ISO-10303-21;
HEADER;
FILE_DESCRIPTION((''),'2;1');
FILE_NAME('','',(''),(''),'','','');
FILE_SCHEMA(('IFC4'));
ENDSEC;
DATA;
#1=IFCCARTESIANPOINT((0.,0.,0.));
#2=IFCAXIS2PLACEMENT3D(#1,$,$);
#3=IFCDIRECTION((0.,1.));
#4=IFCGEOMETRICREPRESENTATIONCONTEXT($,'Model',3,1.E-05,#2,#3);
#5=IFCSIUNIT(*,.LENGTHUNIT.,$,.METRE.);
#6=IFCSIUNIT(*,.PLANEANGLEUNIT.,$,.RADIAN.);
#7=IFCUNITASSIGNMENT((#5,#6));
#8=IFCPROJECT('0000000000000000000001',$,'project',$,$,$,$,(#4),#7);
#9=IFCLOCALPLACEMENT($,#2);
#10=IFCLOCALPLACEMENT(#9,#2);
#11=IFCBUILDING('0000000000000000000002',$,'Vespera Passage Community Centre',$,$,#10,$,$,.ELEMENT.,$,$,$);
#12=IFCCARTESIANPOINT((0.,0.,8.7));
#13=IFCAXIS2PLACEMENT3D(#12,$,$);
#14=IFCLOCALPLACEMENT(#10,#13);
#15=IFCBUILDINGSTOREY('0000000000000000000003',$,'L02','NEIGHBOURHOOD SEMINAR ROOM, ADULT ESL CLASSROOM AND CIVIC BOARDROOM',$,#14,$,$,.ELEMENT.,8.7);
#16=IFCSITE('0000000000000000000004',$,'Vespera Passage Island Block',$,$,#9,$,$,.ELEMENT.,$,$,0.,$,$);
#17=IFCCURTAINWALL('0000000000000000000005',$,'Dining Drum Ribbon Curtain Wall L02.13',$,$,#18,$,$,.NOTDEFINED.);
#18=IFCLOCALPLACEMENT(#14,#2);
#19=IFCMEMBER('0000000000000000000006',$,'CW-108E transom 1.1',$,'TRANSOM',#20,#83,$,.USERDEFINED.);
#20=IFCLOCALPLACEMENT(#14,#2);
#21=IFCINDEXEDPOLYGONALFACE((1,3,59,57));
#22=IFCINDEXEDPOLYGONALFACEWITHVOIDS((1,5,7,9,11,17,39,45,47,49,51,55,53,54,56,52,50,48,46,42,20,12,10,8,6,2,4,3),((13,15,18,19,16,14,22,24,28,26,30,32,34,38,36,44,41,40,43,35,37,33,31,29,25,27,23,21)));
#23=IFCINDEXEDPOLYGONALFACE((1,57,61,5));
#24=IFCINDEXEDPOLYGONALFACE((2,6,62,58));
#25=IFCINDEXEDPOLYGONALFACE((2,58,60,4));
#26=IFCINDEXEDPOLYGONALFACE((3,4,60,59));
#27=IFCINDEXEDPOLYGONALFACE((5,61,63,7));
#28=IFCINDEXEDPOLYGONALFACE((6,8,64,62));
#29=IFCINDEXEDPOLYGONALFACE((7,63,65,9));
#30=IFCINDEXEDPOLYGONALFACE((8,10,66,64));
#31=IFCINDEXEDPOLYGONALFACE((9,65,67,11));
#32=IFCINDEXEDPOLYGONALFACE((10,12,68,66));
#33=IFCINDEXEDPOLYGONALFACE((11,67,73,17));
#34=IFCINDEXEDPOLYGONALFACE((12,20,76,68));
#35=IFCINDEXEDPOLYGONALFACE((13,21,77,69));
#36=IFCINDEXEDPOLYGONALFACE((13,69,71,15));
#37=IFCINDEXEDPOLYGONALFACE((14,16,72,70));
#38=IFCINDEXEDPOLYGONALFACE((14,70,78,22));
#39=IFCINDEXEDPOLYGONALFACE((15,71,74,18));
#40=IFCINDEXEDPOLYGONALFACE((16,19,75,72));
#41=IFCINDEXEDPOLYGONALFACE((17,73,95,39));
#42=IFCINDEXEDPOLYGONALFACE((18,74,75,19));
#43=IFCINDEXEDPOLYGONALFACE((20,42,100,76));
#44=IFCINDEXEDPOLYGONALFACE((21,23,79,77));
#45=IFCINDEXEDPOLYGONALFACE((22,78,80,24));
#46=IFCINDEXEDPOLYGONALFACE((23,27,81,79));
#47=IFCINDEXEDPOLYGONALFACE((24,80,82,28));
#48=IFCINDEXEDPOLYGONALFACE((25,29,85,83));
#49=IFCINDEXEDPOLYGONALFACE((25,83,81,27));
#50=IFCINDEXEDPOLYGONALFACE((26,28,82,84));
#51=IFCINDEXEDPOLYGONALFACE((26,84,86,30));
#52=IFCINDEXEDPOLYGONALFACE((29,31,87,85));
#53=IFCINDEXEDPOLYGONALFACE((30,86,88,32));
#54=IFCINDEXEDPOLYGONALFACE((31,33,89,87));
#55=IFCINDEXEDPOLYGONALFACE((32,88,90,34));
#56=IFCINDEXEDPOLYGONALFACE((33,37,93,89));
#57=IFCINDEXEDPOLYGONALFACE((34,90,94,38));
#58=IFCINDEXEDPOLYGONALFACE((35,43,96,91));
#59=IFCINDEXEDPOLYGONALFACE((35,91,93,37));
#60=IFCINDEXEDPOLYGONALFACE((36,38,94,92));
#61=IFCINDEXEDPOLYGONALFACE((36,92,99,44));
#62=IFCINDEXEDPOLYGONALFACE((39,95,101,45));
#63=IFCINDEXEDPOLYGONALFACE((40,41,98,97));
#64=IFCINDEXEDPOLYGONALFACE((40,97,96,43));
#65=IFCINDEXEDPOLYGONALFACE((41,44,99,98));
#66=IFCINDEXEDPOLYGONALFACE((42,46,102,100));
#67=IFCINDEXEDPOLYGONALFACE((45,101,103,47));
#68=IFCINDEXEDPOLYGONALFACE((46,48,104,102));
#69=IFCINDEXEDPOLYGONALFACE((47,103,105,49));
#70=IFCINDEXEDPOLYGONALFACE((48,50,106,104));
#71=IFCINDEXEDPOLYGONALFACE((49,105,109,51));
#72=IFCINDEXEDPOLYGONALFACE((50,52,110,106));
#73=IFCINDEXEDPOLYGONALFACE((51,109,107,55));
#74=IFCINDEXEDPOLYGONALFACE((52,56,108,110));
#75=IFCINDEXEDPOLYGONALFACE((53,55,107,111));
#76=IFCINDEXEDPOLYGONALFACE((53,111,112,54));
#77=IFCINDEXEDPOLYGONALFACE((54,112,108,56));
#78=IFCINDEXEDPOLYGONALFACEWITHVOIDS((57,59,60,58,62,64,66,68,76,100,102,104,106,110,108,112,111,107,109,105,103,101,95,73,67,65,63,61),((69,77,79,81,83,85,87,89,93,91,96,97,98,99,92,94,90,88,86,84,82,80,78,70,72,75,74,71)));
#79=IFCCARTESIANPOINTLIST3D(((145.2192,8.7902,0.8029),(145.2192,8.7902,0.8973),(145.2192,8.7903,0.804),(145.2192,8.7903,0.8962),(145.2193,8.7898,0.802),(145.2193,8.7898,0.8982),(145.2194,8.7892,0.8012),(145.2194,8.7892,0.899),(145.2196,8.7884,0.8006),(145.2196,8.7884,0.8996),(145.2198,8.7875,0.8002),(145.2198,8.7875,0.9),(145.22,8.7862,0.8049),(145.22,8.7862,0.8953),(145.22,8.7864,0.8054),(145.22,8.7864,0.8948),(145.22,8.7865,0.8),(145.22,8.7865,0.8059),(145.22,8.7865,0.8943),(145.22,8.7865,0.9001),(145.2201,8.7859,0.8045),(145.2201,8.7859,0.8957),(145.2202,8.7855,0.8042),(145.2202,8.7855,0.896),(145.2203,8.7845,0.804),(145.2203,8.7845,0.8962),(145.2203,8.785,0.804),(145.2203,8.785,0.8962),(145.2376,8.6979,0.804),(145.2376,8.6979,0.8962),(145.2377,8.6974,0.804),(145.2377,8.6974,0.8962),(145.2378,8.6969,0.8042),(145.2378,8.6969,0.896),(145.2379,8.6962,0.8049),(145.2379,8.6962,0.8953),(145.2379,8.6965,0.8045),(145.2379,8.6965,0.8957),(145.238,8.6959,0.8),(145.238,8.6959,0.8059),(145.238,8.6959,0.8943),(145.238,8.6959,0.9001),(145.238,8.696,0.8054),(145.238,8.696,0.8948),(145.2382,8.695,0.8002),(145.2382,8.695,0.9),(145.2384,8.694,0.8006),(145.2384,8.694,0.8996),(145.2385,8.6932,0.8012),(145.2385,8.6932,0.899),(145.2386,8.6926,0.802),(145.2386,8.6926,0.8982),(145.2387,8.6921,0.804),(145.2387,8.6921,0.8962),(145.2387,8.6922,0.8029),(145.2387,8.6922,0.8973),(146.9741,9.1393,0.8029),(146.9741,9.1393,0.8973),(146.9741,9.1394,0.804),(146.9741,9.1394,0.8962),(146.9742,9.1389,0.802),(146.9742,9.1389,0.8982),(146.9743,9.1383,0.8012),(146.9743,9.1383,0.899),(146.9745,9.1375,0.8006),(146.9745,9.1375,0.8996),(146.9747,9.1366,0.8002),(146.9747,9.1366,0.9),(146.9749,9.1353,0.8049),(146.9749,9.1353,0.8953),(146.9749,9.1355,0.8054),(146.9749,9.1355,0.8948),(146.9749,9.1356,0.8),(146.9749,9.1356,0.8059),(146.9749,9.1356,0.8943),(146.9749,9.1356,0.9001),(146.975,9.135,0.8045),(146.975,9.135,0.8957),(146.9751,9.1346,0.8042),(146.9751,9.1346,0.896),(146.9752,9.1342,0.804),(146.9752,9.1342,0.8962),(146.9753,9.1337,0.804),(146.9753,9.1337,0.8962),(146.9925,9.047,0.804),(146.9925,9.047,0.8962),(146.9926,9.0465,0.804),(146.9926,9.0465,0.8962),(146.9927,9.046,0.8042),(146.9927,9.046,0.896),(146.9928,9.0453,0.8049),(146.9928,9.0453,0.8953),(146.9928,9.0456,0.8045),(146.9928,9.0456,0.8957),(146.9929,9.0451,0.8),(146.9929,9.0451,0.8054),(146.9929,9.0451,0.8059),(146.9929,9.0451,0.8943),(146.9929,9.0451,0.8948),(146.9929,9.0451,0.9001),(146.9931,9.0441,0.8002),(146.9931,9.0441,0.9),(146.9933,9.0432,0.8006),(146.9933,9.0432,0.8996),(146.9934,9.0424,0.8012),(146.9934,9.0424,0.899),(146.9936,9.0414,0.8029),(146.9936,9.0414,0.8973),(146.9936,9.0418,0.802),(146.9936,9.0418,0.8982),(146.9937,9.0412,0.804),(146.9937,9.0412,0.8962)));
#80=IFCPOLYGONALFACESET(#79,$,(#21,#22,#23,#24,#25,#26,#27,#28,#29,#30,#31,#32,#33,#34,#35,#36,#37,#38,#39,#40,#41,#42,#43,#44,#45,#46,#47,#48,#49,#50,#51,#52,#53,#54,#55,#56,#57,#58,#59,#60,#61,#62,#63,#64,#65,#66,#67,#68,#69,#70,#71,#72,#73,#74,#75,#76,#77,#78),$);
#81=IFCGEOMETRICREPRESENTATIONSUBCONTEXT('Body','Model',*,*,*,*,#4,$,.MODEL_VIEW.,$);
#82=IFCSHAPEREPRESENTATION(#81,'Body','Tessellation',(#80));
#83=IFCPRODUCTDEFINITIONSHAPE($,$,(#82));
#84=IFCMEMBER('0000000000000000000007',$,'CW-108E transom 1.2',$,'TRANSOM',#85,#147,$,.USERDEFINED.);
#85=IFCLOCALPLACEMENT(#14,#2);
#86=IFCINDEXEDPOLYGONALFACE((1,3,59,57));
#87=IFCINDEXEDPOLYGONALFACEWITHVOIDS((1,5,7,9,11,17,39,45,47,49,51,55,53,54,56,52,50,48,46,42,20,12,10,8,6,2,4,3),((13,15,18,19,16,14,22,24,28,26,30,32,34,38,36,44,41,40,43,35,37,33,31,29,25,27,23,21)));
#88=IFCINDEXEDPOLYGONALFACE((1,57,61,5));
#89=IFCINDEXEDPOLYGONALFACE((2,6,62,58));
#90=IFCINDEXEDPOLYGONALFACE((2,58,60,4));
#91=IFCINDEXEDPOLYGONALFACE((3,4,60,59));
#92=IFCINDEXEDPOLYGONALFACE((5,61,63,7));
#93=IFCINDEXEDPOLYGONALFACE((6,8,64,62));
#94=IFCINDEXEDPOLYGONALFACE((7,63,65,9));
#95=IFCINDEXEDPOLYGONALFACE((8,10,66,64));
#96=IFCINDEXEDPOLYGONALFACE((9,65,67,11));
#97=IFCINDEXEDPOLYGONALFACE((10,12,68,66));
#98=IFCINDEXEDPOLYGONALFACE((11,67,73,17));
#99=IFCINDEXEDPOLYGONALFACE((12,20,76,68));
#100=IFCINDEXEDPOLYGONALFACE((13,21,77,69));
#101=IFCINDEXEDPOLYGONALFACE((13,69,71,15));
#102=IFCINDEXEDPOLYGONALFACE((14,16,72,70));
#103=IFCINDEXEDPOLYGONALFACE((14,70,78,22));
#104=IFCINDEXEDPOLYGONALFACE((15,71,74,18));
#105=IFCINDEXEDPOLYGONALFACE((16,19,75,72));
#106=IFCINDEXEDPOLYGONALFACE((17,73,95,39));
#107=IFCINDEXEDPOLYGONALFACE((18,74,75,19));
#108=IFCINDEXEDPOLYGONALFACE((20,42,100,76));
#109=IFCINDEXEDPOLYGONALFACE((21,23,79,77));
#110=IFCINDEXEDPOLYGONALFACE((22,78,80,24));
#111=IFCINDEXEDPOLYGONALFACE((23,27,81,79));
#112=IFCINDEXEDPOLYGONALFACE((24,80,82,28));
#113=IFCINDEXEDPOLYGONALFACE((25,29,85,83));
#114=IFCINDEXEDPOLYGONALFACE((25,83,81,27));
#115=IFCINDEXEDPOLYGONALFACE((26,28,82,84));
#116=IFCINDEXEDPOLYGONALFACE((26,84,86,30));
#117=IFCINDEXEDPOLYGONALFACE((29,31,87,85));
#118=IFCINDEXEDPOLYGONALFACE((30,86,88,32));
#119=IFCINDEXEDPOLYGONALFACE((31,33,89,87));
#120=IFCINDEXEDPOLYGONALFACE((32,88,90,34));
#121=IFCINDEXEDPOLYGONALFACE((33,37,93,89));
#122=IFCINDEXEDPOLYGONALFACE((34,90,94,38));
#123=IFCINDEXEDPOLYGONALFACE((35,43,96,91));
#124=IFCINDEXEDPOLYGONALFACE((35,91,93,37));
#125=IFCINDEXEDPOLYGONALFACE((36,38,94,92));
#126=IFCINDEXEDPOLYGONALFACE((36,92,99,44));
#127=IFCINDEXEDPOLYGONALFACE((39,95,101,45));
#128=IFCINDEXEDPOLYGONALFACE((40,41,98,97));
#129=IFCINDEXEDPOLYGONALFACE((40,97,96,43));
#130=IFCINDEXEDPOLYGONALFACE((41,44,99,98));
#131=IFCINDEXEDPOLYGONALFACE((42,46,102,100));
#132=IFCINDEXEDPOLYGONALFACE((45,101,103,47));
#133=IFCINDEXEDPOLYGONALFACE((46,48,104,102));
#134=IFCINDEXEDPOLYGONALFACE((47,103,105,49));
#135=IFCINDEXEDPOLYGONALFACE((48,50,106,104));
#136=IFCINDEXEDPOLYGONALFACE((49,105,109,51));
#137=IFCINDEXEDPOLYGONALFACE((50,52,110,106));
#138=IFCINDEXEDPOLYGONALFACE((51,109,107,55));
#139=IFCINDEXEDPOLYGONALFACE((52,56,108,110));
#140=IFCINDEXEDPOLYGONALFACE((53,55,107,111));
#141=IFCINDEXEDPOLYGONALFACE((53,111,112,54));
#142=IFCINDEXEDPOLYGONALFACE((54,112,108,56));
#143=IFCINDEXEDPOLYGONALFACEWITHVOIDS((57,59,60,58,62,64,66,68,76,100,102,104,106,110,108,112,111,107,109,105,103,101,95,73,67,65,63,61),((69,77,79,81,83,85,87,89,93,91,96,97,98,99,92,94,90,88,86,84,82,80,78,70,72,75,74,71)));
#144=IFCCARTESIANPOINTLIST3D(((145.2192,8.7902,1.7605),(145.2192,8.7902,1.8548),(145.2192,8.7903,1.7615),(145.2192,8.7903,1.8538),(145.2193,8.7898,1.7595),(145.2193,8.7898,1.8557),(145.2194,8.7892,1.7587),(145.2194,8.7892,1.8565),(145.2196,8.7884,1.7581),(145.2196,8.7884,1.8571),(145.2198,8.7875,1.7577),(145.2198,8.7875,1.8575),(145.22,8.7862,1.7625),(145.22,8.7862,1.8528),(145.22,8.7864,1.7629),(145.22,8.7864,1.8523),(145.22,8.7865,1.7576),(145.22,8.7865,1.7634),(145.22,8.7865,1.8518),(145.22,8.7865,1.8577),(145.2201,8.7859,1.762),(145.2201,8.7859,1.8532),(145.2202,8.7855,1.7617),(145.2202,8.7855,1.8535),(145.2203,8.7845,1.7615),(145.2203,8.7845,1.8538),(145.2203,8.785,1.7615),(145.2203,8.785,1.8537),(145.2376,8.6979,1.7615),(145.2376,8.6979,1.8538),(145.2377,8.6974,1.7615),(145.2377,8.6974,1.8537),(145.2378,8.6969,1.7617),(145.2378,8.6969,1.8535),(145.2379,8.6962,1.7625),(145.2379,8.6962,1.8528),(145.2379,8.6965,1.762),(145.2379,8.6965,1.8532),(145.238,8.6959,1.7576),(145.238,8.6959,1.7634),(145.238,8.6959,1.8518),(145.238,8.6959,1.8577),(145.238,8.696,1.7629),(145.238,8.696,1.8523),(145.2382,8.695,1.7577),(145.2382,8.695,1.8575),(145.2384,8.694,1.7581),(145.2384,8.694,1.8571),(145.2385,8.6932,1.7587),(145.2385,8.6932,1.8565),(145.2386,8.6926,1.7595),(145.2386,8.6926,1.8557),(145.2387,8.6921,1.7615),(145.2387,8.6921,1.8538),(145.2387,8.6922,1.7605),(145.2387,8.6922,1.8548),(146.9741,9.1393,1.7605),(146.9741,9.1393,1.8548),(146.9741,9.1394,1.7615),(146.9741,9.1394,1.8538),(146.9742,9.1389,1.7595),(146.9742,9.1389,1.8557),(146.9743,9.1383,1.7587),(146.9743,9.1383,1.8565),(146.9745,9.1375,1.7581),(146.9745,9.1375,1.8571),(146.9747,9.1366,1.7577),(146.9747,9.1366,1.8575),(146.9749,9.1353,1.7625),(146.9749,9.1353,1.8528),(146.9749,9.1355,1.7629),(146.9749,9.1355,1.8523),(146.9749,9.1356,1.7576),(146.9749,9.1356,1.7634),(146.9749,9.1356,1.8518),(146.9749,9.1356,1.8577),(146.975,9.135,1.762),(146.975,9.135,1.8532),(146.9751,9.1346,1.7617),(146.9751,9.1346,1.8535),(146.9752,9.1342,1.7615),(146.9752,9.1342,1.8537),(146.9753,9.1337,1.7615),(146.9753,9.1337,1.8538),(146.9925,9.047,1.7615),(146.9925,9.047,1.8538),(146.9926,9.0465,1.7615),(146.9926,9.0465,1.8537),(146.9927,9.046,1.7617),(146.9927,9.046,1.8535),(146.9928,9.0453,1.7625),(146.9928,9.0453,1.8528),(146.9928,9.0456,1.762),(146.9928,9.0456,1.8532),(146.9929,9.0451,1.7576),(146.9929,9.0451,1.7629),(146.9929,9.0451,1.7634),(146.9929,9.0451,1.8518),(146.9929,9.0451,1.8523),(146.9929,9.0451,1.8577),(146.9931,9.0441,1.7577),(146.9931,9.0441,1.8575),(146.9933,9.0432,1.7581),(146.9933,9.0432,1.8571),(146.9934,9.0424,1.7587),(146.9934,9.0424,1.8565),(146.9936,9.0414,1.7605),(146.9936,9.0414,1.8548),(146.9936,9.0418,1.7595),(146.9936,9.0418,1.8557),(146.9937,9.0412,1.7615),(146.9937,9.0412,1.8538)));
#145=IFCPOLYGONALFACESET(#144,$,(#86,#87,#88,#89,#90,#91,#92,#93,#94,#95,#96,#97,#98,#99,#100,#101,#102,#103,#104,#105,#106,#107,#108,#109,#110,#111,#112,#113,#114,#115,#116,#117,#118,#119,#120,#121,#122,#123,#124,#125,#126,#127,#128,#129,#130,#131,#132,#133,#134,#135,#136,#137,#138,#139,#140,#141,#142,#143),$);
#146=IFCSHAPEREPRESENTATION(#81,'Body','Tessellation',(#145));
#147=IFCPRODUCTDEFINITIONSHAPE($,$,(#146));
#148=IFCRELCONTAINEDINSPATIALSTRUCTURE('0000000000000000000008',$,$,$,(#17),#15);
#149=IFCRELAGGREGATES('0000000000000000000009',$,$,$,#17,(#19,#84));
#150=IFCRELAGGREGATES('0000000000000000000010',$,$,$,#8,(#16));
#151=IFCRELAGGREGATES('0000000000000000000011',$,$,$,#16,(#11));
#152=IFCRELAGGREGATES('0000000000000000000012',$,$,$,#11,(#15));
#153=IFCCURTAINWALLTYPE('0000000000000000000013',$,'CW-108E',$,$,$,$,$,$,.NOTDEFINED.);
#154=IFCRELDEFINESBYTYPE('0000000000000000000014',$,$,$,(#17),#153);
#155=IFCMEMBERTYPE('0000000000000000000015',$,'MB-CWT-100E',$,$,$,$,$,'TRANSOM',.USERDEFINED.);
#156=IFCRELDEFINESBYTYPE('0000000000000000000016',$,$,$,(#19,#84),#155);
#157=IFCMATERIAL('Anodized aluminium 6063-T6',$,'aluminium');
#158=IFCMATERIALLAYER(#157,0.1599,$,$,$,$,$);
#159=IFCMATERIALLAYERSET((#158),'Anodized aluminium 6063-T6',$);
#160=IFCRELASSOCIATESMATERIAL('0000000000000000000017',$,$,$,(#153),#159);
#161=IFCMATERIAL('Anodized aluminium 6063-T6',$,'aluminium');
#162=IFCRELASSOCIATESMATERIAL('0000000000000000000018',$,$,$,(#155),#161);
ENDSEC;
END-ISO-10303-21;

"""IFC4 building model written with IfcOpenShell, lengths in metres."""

from ifc_helpers import new_model, si_unit, direction, frame, origin, origin_2d, place, context, subcontext, project, spatial, hollow_rectangle, extrude, material, layer, layer_set, material_profile, profile_set, type_object, element, aggregate, save


model = new_model("IFC4")

# Units and contexts
model_context = context("Model", 3, precision=1e-05, world=origin(), true_north=direction((0.0, 1.0)))
body_context = subcontext(model_context, "Body", "Model", "MODEL_VIEW")
ifc_project = project(units=[si_unit("LENGTHUNIT", "METRE"), si_unit("PLANEANGLEUNIT", "RADIAN")], contexts=[model_context])

# Site, building, storey
site_placement = place(None, origin())
site = spatial("IfcSite", under=ifc_project, at=site_placement, Name="Vespera Passage Island Block", CompositionType="ELEMENT", RefElevation=0.0)
building_placement = place(site_placement, origin())
building = spatial("IfcBuilding", under=site, at=building_placement, Name="Vespera Passage Community Centre", CompositionType="ELEMENT")
storey_placement = place(building_placement, frame((0.0, 0.0, 8.7)))
storey = spatial("IfcBuildingStorey", under=building, at=storey_placement, Name="L02", Description="NEIGHBOURHOOD SEMINAR ROOM, ADULT ESL CLASSROOM AND CIVIC BOARDROOM", CompositionType="ELEMENT", Elevation=8.7)

# Curtain wall
ifc_material_1 = material(Name="Anodized aluminium 6063-T6", Category="aluminium")
ifc_layer_1 = layer(ifc_material_1, 0.1599)
ifc_layer_set_1 = layer_set([ifc_layer_1], Name="Anodized aluminium 6063-T6")
curtain_wall_type_1 = type_object("IfcCurtainWallType", Name="CW-108E", PredefinedType="NOTDEFINED", material=ifc_layer_set_1)
curtain_wall_1_placement = place(storey_placement, origin())
curtain_wall_1 = element("IfcCurtainWall", 1, at=curtain_wall_1_placement, inside=storey, type_object=curtain_wall_type_1, Name="Dining Drum Ribbon Curtain Wall L02.13", PredefinedType="NOTDEFINED")

# Members
ifc_material_2 = material(Name="Anodized aluminium 6063-T6", Category="aluminium")
ifc_material_profile_1 = material_profile(ifc_material_2, hollow_rectangle(XDim=0.1001, YDim=0.1001, WallThickness=0.0039, InnerFilletRadius=0.002, OuterFilletRadius=0.0039, at=origin_2d()), Name="ALU100X100X4")
ifc_profile_set_1 = profile_set([ifc_material_profile_1], Name="Anodized aluminium 6063-T6")
member_type_1 = type_object("IfcMemberType", Name="MB-CWT-100E", ElementType="TRANSOM", PredefinedType="USERDEFINED", material=ifc_profile_set_1)
member_1_placement = place(storey_placement, frame((146.9839, 9.0903, 0.8501), z_axis=(-0.98078, -0.195119, 0.0), x_axis=(0.195119, -0.98078, 0.0)))
member_1 = element("IfcMember", 2, at=member_1_placement, type_object=member_type_1, Name="CW-108E transom 1.1", ObjectType="TRANSOM", PredefinedType="USERDEFINED", context=body_context, shape_type="SweptSolid", body=[
    extrude(hollow_rectangle(XDim=0.1001, YDim=0.1001, WallThickness=0.0039, InnerFilletRadius=0.002, OuterFilletRadius=0.0039, at=origin_2d()), origin(), (0.0, 0.0, 1.0), 1.7893),
])
member_2_placement = place(storey_placement, frame((146.9839, 9.0903, 1.8076), z_axis=(-0.98078, -0.195119, 0.0), x_axis=(0.195119, -0.98078, 0.0)))
member_2 = element("IfcMember", 3, at=member_2_placement, type_object=member_type_1, Name="CW-108E transom 1.2", ObjectType="TRANSOM", PredefinedType="USERDEFINED", context=body_context, shape_type="SweptSolid", body=[
    extrude(hollow_rectangle(XDim=0.1001, YDim=0.1001, WallThickness=0.0039, InnerFilletRadius=0.002, OuterFilletRadius=0.0039, at=origin_2d()), origin(), (0.0, 0.0, 1.0), 1.7893),
])

aggregate(curtain_wall_1, [member_1, member_2])

save(model, "model.ifc")
